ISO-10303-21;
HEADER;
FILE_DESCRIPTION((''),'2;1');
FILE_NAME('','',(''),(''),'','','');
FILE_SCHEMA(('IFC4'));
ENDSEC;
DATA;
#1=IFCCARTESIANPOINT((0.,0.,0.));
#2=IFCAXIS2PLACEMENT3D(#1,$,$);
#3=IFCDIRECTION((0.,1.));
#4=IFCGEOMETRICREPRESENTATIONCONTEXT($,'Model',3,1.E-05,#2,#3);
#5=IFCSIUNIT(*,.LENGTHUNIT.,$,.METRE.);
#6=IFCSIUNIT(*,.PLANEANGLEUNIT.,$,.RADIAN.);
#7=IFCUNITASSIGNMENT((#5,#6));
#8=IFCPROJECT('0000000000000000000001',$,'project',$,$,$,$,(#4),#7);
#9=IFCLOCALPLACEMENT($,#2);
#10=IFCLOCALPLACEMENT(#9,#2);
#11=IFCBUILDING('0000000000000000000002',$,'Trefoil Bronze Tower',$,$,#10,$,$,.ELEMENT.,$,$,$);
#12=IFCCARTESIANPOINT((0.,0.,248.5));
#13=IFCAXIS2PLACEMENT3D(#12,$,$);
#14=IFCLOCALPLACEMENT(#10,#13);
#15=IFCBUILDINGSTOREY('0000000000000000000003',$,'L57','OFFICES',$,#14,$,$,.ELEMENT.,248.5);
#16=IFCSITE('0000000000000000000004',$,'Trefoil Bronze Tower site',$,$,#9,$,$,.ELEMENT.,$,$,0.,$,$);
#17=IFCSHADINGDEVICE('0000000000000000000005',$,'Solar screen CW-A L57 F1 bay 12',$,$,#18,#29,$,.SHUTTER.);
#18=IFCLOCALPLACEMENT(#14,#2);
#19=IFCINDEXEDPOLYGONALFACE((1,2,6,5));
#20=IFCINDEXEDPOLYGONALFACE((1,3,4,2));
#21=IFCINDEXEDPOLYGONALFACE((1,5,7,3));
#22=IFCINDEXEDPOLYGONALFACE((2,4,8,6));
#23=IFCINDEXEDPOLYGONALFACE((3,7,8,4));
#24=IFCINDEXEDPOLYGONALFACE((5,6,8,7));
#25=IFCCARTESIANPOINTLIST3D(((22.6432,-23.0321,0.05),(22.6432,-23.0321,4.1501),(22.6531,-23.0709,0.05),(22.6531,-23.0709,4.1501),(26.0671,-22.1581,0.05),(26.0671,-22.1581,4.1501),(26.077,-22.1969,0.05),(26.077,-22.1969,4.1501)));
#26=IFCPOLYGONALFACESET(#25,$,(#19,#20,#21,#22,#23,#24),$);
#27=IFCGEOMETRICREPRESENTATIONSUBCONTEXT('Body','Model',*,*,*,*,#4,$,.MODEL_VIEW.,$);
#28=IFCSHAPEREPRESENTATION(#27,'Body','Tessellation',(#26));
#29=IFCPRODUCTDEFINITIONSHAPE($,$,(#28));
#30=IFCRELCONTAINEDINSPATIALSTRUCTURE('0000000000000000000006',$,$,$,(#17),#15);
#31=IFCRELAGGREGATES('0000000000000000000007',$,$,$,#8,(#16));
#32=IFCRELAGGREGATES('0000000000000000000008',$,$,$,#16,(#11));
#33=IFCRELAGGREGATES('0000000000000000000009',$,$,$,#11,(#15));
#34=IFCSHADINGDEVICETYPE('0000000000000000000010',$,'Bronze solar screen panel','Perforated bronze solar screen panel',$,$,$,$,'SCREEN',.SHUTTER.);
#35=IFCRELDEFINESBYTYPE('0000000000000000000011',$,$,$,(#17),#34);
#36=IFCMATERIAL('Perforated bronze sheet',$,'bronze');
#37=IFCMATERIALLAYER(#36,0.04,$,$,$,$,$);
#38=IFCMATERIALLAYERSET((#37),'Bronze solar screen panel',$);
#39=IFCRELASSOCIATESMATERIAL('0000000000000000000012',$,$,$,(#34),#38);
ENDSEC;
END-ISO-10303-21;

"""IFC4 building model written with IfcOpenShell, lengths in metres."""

from ifc_helpers import new_model, si_unit, direction, frame, origin, origin_2d, place, context, subcontext, project, spatial, rectangle, extrude, material, layer, layer_set, type_object, element, save


model = new_model("IFC4")

# Units and contexts
model_context = context("Model", 3, precision=1e-05, world=origin(), true_north=direction((0.0, 1.0)))
body_context = subcontext(model_context, "Body", "Model", "MODEL_VIEW")
ifc_project = project(units=[si_unit("LENGTHUNIT", "METRE"), si_unit("PLANEANGLEUNIT", "RADIAN")], contexts=[model_context])

# Site, building, storey
site_placement = place(None, origin())
site = spatial("IfcSite", under=ifc_project, at=site_placement, Name="Trefoil Bronze Tower site", CompositionType="ELEMENT", RefElevation=0.0)
building_placement = place(site_placement, origin())
building = spatial("IfcBuilding", under=site, at=building_placement, Name="Trefoil Bronze Tower", CompositionType="ELEMENT")
storey_placement = place(building_placement, frame((0.0, 0.0, 248.5)))
storey = spatial("IfcBuildingStorey", under=building, at=storey_placement, Name="L57", Description="OFFICES", CompositionType="ELEMENT", Elevation=248.5)

# Shading device
ifc_material_1 = material(Name="Perforated bronze sheet", Category="bronze")
ifc_layer_1 = layer(ifc_material_1, 0.04)
ifc_layer_set_1 = layer_set([ifc_layer_1], Name="Bronze solar screen panel")
shading_device_type = type_object("IfcShadingDeviceType", Name="Bronze solar screen panel", Description="Perforated bronze solar screen panel", ElementType="SCREEN", PredefinedType="SHUTTER", material=ifc_layer_set_1)
shading_device_1_placement = place(storey_placement, frame((24.3601, -22.6145, 0.05), z_axis=(0.0, 0.0, 1.0), x_axis=(0.968934, 0.247319, 0.0)))
element("IfcShadingDevice", 1, at=shading_device_1_placement, inside=storey, type_object=shading_device_type, Name="Solar screen CW-A L57 F1 bay 12", PredefinedType="SHUTTER", context=body_context, shape_type="SweptSolid", body=[
    extrude(rectangle(XDim=3.5337, YDim=0.04, at=origin_2d()), origin(), (0.0, 0.0, 1.0), 4.1001),
])

save(model, "model.ifc")
